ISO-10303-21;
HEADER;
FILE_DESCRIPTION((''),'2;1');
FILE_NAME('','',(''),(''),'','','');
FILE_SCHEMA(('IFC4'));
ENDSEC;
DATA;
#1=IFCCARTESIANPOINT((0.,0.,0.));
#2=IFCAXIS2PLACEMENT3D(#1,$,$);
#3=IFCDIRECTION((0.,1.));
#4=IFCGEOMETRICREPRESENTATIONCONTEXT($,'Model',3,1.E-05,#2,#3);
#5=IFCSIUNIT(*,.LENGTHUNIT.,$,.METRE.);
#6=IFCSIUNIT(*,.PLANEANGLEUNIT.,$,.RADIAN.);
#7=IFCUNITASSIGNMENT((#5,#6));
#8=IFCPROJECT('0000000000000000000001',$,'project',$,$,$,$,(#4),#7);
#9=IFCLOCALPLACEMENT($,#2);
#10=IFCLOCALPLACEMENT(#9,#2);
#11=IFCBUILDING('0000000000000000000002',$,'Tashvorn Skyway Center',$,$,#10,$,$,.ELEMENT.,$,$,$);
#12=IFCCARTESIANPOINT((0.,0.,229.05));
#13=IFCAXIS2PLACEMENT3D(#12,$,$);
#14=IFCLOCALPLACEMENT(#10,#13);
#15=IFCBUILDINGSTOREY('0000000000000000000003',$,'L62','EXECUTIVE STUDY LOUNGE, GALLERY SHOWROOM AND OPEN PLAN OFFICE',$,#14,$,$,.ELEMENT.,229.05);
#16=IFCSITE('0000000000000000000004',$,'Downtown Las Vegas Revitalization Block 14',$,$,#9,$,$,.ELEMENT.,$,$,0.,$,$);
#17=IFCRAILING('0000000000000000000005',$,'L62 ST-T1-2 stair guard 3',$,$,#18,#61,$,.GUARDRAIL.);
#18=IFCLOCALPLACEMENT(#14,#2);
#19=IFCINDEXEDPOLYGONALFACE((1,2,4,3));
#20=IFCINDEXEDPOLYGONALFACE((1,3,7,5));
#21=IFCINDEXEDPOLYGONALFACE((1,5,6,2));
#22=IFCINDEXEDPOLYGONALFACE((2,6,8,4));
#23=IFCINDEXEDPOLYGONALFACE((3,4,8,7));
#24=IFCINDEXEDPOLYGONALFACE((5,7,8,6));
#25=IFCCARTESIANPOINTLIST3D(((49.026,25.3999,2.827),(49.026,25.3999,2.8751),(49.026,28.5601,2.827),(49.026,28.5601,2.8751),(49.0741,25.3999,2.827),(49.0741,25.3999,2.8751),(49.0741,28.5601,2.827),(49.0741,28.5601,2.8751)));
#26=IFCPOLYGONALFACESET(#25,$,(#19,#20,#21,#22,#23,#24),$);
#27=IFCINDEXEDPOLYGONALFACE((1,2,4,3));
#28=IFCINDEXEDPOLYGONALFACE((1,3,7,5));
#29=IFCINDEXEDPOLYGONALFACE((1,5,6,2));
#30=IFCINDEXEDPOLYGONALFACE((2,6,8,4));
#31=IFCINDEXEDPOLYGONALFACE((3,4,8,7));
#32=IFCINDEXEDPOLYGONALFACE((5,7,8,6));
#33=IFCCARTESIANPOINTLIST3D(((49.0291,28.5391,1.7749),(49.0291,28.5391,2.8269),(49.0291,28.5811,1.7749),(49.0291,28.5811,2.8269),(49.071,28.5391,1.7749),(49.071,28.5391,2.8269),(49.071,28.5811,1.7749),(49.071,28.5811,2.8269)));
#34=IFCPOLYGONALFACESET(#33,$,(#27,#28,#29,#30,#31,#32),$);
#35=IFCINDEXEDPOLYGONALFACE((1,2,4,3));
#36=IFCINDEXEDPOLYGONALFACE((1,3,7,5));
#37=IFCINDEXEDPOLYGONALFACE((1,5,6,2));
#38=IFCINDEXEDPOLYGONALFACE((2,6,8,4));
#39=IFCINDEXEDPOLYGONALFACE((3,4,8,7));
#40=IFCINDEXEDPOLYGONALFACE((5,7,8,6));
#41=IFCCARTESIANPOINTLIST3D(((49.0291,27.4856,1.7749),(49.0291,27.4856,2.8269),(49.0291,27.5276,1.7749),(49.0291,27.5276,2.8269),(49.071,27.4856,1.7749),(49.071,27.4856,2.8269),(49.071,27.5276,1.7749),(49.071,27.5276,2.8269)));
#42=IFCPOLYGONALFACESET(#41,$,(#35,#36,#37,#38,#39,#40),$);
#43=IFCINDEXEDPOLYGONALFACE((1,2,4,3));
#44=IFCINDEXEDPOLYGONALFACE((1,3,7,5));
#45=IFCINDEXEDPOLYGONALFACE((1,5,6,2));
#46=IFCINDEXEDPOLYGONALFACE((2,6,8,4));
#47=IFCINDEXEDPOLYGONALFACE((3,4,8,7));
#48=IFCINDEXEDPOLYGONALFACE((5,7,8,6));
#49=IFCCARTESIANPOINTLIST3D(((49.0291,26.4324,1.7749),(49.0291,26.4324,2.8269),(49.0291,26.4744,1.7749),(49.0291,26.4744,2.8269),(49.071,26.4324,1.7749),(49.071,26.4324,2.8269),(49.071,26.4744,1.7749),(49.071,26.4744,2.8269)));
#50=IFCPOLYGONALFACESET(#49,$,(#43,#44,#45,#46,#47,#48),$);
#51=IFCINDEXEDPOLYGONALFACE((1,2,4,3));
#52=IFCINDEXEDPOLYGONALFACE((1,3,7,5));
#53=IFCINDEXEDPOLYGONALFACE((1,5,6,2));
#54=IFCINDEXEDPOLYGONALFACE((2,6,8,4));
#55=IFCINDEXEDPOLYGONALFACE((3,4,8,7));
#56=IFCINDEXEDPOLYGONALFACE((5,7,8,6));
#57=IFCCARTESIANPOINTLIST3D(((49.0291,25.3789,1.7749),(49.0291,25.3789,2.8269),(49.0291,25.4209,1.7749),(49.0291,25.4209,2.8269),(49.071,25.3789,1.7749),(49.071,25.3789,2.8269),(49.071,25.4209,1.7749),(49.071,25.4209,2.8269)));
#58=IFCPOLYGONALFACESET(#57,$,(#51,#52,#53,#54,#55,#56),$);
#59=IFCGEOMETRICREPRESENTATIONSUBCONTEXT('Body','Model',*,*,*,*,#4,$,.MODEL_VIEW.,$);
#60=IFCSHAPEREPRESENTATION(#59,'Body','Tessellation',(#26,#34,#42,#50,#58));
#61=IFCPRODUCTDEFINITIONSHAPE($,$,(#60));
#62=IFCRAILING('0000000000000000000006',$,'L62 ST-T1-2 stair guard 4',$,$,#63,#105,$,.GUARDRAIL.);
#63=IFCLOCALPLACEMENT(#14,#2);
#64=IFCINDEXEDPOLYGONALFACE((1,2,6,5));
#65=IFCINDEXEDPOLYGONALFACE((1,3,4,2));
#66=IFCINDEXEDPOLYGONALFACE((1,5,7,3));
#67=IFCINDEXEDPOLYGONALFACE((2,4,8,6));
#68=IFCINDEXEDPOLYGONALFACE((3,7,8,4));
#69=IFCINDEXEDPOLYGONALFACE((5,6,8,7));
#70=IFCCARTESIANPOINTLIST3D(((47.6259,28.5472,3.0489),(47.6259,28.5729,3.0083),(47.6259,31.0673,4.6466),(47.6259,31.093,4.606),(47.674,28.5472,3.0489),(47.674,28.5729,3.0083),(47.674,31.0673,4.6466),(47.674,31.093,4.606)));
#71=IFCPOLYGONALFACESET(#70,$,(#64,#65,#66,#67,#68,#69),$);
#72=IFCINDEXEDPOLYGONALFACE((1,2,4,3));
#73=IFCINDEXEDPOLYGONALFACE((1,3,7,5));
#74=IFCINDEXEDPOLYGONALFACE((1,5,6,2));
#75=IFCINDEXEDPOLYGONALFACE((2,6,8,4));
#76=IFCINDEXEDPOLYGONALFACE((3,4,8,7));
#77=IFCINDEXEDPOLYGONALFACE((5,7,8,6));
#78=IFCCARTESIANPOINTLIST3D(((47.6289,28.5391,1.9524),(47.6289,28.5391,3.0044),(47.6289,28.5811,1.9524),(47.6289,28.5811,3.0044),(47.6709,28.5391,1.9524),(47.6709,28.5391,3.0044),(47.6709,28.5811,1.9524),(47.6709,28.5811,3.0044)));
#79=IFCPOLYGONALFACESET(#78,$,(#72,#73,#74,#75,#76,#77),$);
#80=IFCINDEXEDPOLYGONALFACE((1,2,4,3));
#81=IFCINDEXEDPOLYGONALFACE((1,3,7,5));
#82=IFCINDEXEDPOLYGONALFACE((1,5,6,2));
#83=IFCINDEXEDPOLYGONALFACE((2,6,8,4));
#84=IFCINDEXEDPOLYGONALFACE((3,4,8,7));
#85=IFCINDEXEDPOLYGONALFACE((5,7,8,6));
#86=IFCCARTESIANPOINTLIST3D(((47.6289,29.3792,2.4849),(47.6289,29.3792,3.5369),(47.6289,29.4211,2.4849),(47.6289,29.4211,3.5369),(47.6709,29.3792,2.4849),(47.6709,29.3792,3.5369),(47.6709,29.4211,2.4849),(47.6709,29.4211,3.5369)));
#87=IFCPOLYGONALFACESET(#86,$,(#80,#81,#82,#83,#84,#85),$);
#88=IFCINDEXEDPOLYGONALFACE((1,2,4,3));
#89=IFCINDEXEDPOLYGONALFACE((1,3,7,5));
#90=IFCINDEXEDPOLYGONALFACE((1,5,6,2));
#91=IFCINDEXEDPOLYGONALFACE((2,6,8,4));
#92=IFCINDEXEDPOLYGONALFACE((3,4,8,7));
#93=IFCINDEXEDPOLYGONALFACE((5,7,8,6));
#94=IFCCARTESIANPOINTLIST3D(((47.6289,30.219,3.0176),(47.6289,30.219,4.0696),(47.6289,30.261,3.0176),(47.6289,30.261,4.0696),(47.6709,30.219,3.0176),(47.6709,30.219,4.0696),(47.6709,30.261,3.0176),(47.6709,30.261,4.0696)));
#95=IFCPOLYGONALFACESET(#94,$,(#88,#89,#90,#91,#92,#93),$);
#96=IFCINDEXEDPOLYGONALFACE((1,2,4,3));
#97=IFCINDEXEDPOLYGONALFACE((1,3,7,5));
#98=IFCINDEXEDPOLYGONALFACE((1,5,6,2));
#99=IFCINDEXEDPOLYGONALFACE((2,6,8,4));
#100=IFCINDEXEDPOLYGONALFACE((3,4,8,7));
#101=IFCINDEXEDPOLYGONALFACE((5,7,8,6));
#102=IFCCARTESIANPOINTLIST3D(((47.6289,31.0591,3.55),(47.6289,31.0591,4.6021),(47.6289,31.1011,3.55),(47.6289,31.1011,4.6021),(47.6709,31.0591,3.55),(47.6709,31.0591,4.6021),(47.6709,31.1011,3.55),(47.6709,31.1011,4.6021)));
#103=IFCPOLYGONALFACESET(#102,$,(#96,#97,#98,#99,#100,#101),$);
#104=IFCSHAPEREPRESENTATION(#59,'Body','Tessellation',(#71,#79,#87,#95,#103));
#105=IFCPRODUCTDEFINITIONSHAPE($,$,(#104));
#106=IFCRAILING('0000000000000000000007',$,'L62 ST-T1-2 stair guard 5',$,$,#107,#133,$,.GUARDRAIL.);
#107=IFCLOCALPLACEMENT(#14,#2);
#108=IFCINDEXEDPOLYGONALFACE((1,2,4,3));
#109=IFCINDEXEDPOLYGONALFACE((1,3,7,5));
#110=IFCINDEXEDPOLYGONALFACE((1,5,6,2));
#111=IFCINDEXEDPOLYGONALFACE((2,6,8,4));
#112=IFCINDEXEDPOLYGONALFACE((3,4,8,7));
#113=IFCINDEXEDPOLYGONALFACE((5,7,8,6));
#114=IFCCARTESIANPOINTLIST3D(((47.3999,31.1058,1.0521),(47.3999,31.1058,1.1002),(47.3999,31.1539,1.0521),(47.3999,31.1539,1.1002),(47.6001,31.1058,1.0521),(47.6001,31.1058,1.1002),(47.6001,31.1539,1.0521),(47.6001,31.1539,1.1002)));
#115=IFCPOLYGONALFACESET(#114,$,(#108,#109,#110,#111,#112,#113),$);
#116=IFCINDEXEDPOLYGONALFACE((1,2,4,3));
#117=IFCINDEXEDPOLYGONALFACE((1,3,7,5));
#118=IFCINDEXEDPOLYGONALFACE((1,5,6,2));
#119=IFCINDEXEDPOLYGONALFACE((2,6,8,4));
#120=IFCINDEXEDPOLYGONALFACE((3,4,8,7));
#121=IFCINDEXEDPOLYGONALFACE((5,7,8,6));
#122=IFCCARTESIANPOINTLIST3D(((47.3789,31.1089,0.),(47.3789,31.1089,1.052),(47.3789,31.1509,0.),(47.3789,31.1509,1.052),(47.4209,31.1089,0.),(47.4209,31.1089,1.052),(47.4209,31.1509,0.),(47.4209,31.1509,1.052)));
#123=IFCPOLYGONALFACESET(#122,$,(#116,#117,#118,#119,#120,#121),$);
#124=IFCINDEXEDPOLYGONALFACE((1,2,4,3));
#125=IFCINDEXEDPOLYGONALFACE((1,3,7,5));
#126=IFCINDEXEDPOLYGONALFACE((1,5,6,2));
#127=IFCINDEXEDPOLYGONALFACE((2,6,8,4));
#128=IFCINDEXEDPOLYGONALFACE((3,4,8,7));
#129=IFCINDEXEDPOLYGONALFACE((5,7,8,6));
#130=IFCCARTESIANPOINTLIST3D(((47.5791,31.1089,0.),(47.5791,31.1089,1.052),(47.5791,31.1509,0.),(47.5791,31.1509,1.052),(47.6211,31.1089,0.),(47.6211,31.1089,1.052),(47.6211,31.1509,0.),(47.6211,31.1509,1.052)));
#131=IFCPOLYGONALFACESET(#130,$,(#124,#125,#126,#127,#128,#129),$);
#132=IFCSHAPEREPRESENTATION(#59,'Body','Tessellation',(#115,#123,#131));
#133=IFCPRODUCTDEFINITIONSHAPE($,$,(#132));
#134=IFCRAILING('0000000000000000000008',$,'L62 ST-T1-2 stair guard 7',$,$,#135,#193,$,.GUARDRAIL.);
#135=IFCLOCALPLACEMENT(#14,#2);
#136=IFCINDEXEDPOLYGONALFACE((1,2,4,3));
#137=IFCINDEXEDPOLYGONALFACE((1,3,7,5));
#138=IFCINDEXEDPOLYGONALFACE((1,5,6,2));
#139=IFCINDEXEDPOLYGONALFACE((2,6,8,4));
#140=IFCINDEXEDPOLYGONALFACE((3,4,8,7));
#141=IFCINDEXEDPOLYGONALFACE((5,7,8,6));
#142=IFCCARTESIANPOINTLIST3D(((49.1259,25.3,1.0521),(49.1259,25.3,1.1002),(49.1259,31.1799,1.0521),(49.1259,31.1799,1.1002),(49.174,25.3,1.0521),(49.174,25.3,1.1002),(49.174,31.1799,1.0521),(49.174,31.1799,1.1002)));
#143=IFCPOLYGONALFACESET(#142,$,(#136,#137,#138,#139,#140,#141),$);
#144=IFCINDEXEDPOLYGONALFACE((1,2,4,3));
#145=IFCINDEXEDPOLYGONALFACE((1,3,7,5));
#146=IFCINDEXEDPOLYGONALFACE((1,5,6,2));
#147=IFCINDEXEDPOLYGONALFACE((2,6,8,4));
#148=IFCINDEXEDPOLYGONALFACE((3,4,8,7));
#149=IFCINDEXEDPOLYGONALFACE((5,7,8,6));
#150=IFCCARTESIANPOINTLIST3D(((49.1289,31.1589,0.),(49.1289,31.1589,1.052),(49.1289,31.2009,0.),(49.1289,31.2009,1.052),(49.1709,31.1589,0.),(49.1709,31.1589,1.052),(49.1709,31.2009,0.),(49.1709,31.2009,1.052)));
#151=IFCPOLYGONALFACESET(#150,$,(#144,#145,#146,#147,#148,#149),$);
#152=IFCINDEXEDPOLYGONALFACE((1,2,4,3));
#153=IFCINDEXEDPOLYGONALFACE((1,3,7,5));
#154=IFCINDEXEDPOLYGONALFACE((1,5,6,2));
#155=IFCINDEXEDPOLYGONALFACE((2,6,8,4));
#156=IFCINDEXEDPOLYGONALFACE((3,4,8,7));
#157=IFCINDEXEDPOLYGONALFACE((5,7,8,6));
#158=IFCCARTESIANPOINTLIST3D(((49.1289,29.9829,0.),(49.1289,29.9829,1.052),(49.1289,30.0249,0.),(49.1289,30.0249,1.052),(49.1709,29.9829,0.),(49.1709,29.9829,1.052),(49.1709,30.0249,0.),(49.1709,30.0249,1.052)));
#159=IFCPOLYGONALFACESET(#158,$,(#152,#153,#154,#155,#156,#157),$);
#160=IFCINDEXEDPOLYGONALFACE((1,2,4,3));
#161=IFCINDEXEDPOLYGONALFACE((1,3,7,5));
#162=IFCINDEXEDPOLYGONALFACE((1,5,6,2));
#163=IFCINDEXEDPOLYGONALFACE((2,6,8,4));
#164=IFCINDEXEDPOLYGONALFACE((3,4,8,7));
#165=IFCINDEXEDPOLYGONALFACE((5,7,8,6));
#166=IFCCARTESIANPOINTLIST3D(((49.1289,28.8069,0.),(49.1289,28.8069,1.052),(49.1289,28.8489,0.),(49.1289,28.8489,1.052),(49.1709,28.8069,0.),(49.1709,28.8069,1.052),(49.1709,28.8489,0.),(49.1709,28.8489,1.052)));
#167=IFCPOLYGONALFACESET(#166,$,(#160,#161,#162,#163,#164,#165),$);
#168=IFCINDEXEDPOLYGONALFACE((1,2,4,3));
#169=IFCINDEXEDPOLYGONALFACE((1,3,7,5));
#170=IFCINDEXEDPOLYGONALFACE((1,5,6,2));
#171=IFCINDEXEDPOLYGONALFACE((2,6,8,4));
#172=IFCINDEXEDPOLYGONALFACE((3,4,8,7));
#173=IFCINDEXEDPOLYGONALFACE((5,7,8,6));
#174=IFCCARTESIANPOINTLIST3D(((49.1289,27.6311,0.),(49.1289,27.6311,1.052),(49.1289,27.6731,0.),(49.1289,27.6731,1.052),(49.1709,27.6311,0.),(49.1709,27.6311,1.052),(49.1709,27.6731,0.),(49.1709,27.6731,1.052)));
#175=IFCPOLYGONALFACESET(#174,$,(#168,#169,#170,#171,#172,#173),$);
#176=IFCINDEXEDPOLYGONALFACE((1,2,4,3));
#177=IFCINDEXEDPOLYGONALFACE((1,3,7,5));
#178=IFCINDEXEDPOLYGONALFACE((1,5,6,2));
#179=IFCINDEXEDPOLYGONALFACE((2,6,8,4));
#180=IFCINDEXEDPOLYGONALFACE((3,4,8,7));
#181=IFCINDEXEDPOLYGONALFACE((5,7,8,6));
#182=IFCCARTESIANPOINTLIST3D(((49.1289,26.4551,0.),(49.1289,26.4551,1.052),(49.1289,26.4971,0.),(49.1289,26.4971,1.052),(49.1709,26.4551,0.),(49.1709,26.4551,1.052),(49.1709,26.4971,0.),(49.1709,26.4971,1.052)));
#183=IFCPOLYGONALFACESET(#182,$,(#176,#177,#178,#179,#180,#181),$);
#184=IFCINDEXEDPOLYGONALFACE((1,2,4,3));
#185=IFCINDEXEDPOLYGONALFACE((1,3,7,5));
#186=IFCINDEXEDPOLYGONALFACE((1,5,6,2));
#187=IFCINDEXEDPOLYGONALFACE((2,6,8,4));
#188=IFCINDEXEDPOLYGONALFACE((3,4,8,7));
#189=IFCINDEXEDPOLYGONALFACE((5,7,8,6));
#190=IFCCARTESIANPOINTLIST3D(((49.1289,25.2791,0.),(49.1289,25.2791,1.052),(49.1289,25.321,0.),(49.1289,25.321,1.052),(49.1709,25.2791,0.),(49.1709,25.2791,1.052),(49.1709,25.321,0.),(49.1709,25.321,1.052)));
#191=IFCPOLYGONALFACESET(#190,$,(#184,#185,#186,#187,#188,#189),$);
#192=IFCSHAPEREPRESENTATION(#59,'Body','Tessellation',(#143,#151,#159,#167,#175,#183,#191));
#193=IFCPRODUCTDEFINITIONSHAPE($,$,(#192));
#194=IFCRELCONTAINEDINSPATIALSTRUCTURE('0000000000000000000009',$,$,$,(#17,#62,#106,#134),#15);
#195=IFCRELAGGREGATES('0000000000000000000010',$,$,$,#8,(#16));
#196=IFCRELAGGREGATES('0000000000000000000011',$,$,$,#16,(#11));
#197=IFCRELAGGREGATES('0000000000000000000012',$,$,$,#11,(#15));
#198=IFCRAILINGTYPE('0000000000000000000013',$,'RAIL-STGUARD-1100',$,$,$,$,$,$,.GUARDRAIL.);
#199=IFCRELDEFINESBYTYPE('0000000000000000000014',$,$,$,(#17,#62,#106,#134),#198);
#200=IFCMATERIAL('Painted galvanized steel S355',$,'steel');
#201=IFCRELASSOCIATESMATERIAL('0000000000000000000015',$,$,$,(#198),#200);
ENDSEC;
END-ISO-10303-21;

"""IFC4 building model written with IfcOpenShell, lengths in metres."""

from ifc_helpers import new_model, si_unit, direction, frame, origin, origin_2d, place, context, subcontext, project, spatial, rectangle, extrude, material, type_object, element, save


model = new_model("IFC4")

# Units and contexts
model_context = context("Model", 3, precision=1e-05, world=origin(), true_north=direction((0.0, 1.0)))
body_context = subcontext(model_context, "Body", "Model", "MODEL_VIEW")
ifc_project = project(units=[si_unit("LENGTHUNIT", "METRE"), si_unit("PLANEANGLEUNIT", "RADIAN")], contexts=[model_context])

# Site, building, storey
site_placement = place(None, origin())
site = spatial("IfcSite", under=ifc_project, at=site_placement, Name="Downtown Las Vegas Revitalization Block 14", CompositionType="ELEMENT", RefElevation=0.0)
building_placement = place(site_placement, origin())
building = spatial("IfcBuilding", under=site, at=building_placement, Name="Tashvorn Skyway Center", CompositionType="ELEMENT")
storey_placement = place(building_placement, frame((0.0, 0.0, 229.05)))
storey = spatial("IfcBuildingStorey", under=building, at=storey_placement, Name="L62", Description="EXECUTIVE STUDY LOUNGE, GALLERY SHOWROOM AND OPEN PLAN OFFICE", CompositionType="ELEMENT", Elevation=229.05)

# Railings
ifc_material_1 = material(Name="Painted galvanized steel S355", Category="steel")
railing_type_1 = type_object("IfcRailingType", Name="RAIL-STGUARD-1100", PredefinedType="GUARDRAIL", material=ifc_material_1)
railing_1_placement = place(storey_placement, frame((49.05, 28.5601, 1.7749)))
element("IfcRailing", 1, at=railing_1_placement, inside=storey, type_object=railing_type_1, Name="L62 ST-T1-2 stair guard 3", PredefinedType="GUARDRAIL", context=body_context, shape_type="SweptSolid", body=[
    extrude(rectangle(XDim=0.0481, YDim=0.0481, at=origin_2d()), frame((0.0, 0.0, 1.0762), z_axis=(0.0, -1.0, 0.0), x_axis=(1.0, 0.0, 0.0)), (0.0, 0.0, 1.0), 3.1602),
    extrude(rectangle(XDim=0.042, YDim=0.042, at=origin_2d()), origin(), (0.0, 0.0, 1.0), 1.052),
    extrude(rectangle(XDim=0.042, YDim=0.042, at=origin_2d()), frame((0.0, -1.0535, 0.0)), (0.0, 0.0, 1.0), 1.052),
    extrude(rectangle(XDim=0.042, YDim=0.042, at=origin_2d()), frame((0.0, -2.1067, 0.0)), (0.0, 0.0, 1.0), 1.052),
    extrude(rectangle(XDim=0.042, YDim=0.042, at=origin_2d()), frame((0.0, -3.1602, 0.0)), (0.0, 0.0, 1.0), 1.052),
])
railing_2_placement = place(storey_placement, frame((47.6499, 28.5601, 1.9524)))
element("IfcRailing", 2, at=railing_2_placement, inside=storey, type_object=railing_type_1, Name="L62 ST-T1-2 stair guard 4", PredefinedType="GUARDRAIL", context=body_context, shape_type="SweptSolid", body=[
    extrude(rectangle(XDim=0.0481, YDim=0.0481, at=origin_2d()), frame((0.0, 0.0, 1.0762), z_axis=(0.0, 0.84457, 0.535445), x_axis=(-1.0, 0.0, 0.0)), (0.0, 0.0, 1.0), 2.9839),
    extrude(rectangle(XDim=0.042, YDim=0.042, at=origin_2d()), origin(), (0.0, 0.0, 1.0), 1.052),
    extrude(rectangle(XDim=0.042, YDim=0.042, at=origin_2d()), frame((0.0, 0.8401, 0.5325)), (0.0, 0.0, 1.0), 1.052),
    extrude(rectangle(XDim=0.042, YDim=0.042, at=origin_2d()), frame((0.0, 1.6799, 1.0652)), (0.0, 0.0, 1.0), 1.052),
    extrude(rectangle(XDim=0.042, YDim=0.042, at=origin_2d()), frame((0.0, 2.52, 1.5977)), (0.0, 0.0, 1.0), 1.052),
])
railing_3_placement = place(storey_placement, frame((47.3999, 31.1299, 0.0)))
element("IfcRailing", 3, at=railing_3_placement, inside=storey, type_object=railing_type_1, Name="L62 ST-T1-2 stair guard 5", PredefinedType="GUARDRAIL", context=body_context, shape_type="SweptSolid", body=[
    extrude(rectangle(XDim=0.0481, YDim=0.0481, at=origin_2d()), frame((0.0, 0.0, 1.0762), z_axis=(1.0, 0.0, 0.0), x_axis=(0.0, 1.0, 0.0)), (0.0, 0.0, 1.0), 0.2002),
    extrude(rectangle(XDim=0.042, YDim=0.042, at=origin_2d()), origin(), (0.0, 0.0, 1.0), 1.052),
    extrude(rectangle(XDim=0.042, YDim=0.042, at=origin_2d()), frame((0.2002, 0.0, 0.0)), (0.0, 0.0, 1.0), 1.052),
])
railing_4_placement = place(storey_placement, frame((49.1499, 31.1799, 0.0)))
element("IfcRailing", 4, at=railing_4_placement, inside=storey, type_object=railing_type_1, Name="L62 ST-T1-2 stair guard 7", PredefinedType="GUARDRAIL", context=body_context, shape_type="SweptSolid", body=[
    extrude(rectangle(XDim=0.0481, YDim=0.0481, at=origin_2d()), frame((0.0, 0.0, 1.0762), z_axis=(0.0, -1.0, 0.0), x_axis=(1.0, 0.0, 0.0)), (0.0, 0.0, 1.0), 5.8799),
    extrude(rectangle(XDim=0.042, YDim=0.042, at=origin_2d()), origin(), (0.0, 0.0, 1.0), 1.052),
    extrude(rectangle(XDim=0.042, YDim=0.042, at=origin_2d()), frame((0.0, -1.176, 0.0)), (0.0, 0.0, 1.0), 1.052),
    extrude(rectangle(XDim=0.042, YDim=0.042, at=origin_2d()), frame((0.0, -2.3521, 0.0)), (0.0, 0.0, 1.0), 1.052),
    extrude(rectangle(XDim=0.042, YDim=0.042, at=origin_2d()), frame((0.0, -3.5278, 0.0)), (0.0, 0.0, 1.0), 1.052),
    extrude(rectangle(XDim=0.042, YDim=0.042, at=origin_2d()), frame((0.0, -4.7039, 0.0)), (0.0, 0.0, 1.0), 1.052),
    extrude(rectangle(XDim=0.042, YDim=0.042, at=origin_2d()), frame((0.0, -5.8799, 0.0)), (0.0, 0.0, 1.0), 1.052),
])

save(model, "model.ifc")
